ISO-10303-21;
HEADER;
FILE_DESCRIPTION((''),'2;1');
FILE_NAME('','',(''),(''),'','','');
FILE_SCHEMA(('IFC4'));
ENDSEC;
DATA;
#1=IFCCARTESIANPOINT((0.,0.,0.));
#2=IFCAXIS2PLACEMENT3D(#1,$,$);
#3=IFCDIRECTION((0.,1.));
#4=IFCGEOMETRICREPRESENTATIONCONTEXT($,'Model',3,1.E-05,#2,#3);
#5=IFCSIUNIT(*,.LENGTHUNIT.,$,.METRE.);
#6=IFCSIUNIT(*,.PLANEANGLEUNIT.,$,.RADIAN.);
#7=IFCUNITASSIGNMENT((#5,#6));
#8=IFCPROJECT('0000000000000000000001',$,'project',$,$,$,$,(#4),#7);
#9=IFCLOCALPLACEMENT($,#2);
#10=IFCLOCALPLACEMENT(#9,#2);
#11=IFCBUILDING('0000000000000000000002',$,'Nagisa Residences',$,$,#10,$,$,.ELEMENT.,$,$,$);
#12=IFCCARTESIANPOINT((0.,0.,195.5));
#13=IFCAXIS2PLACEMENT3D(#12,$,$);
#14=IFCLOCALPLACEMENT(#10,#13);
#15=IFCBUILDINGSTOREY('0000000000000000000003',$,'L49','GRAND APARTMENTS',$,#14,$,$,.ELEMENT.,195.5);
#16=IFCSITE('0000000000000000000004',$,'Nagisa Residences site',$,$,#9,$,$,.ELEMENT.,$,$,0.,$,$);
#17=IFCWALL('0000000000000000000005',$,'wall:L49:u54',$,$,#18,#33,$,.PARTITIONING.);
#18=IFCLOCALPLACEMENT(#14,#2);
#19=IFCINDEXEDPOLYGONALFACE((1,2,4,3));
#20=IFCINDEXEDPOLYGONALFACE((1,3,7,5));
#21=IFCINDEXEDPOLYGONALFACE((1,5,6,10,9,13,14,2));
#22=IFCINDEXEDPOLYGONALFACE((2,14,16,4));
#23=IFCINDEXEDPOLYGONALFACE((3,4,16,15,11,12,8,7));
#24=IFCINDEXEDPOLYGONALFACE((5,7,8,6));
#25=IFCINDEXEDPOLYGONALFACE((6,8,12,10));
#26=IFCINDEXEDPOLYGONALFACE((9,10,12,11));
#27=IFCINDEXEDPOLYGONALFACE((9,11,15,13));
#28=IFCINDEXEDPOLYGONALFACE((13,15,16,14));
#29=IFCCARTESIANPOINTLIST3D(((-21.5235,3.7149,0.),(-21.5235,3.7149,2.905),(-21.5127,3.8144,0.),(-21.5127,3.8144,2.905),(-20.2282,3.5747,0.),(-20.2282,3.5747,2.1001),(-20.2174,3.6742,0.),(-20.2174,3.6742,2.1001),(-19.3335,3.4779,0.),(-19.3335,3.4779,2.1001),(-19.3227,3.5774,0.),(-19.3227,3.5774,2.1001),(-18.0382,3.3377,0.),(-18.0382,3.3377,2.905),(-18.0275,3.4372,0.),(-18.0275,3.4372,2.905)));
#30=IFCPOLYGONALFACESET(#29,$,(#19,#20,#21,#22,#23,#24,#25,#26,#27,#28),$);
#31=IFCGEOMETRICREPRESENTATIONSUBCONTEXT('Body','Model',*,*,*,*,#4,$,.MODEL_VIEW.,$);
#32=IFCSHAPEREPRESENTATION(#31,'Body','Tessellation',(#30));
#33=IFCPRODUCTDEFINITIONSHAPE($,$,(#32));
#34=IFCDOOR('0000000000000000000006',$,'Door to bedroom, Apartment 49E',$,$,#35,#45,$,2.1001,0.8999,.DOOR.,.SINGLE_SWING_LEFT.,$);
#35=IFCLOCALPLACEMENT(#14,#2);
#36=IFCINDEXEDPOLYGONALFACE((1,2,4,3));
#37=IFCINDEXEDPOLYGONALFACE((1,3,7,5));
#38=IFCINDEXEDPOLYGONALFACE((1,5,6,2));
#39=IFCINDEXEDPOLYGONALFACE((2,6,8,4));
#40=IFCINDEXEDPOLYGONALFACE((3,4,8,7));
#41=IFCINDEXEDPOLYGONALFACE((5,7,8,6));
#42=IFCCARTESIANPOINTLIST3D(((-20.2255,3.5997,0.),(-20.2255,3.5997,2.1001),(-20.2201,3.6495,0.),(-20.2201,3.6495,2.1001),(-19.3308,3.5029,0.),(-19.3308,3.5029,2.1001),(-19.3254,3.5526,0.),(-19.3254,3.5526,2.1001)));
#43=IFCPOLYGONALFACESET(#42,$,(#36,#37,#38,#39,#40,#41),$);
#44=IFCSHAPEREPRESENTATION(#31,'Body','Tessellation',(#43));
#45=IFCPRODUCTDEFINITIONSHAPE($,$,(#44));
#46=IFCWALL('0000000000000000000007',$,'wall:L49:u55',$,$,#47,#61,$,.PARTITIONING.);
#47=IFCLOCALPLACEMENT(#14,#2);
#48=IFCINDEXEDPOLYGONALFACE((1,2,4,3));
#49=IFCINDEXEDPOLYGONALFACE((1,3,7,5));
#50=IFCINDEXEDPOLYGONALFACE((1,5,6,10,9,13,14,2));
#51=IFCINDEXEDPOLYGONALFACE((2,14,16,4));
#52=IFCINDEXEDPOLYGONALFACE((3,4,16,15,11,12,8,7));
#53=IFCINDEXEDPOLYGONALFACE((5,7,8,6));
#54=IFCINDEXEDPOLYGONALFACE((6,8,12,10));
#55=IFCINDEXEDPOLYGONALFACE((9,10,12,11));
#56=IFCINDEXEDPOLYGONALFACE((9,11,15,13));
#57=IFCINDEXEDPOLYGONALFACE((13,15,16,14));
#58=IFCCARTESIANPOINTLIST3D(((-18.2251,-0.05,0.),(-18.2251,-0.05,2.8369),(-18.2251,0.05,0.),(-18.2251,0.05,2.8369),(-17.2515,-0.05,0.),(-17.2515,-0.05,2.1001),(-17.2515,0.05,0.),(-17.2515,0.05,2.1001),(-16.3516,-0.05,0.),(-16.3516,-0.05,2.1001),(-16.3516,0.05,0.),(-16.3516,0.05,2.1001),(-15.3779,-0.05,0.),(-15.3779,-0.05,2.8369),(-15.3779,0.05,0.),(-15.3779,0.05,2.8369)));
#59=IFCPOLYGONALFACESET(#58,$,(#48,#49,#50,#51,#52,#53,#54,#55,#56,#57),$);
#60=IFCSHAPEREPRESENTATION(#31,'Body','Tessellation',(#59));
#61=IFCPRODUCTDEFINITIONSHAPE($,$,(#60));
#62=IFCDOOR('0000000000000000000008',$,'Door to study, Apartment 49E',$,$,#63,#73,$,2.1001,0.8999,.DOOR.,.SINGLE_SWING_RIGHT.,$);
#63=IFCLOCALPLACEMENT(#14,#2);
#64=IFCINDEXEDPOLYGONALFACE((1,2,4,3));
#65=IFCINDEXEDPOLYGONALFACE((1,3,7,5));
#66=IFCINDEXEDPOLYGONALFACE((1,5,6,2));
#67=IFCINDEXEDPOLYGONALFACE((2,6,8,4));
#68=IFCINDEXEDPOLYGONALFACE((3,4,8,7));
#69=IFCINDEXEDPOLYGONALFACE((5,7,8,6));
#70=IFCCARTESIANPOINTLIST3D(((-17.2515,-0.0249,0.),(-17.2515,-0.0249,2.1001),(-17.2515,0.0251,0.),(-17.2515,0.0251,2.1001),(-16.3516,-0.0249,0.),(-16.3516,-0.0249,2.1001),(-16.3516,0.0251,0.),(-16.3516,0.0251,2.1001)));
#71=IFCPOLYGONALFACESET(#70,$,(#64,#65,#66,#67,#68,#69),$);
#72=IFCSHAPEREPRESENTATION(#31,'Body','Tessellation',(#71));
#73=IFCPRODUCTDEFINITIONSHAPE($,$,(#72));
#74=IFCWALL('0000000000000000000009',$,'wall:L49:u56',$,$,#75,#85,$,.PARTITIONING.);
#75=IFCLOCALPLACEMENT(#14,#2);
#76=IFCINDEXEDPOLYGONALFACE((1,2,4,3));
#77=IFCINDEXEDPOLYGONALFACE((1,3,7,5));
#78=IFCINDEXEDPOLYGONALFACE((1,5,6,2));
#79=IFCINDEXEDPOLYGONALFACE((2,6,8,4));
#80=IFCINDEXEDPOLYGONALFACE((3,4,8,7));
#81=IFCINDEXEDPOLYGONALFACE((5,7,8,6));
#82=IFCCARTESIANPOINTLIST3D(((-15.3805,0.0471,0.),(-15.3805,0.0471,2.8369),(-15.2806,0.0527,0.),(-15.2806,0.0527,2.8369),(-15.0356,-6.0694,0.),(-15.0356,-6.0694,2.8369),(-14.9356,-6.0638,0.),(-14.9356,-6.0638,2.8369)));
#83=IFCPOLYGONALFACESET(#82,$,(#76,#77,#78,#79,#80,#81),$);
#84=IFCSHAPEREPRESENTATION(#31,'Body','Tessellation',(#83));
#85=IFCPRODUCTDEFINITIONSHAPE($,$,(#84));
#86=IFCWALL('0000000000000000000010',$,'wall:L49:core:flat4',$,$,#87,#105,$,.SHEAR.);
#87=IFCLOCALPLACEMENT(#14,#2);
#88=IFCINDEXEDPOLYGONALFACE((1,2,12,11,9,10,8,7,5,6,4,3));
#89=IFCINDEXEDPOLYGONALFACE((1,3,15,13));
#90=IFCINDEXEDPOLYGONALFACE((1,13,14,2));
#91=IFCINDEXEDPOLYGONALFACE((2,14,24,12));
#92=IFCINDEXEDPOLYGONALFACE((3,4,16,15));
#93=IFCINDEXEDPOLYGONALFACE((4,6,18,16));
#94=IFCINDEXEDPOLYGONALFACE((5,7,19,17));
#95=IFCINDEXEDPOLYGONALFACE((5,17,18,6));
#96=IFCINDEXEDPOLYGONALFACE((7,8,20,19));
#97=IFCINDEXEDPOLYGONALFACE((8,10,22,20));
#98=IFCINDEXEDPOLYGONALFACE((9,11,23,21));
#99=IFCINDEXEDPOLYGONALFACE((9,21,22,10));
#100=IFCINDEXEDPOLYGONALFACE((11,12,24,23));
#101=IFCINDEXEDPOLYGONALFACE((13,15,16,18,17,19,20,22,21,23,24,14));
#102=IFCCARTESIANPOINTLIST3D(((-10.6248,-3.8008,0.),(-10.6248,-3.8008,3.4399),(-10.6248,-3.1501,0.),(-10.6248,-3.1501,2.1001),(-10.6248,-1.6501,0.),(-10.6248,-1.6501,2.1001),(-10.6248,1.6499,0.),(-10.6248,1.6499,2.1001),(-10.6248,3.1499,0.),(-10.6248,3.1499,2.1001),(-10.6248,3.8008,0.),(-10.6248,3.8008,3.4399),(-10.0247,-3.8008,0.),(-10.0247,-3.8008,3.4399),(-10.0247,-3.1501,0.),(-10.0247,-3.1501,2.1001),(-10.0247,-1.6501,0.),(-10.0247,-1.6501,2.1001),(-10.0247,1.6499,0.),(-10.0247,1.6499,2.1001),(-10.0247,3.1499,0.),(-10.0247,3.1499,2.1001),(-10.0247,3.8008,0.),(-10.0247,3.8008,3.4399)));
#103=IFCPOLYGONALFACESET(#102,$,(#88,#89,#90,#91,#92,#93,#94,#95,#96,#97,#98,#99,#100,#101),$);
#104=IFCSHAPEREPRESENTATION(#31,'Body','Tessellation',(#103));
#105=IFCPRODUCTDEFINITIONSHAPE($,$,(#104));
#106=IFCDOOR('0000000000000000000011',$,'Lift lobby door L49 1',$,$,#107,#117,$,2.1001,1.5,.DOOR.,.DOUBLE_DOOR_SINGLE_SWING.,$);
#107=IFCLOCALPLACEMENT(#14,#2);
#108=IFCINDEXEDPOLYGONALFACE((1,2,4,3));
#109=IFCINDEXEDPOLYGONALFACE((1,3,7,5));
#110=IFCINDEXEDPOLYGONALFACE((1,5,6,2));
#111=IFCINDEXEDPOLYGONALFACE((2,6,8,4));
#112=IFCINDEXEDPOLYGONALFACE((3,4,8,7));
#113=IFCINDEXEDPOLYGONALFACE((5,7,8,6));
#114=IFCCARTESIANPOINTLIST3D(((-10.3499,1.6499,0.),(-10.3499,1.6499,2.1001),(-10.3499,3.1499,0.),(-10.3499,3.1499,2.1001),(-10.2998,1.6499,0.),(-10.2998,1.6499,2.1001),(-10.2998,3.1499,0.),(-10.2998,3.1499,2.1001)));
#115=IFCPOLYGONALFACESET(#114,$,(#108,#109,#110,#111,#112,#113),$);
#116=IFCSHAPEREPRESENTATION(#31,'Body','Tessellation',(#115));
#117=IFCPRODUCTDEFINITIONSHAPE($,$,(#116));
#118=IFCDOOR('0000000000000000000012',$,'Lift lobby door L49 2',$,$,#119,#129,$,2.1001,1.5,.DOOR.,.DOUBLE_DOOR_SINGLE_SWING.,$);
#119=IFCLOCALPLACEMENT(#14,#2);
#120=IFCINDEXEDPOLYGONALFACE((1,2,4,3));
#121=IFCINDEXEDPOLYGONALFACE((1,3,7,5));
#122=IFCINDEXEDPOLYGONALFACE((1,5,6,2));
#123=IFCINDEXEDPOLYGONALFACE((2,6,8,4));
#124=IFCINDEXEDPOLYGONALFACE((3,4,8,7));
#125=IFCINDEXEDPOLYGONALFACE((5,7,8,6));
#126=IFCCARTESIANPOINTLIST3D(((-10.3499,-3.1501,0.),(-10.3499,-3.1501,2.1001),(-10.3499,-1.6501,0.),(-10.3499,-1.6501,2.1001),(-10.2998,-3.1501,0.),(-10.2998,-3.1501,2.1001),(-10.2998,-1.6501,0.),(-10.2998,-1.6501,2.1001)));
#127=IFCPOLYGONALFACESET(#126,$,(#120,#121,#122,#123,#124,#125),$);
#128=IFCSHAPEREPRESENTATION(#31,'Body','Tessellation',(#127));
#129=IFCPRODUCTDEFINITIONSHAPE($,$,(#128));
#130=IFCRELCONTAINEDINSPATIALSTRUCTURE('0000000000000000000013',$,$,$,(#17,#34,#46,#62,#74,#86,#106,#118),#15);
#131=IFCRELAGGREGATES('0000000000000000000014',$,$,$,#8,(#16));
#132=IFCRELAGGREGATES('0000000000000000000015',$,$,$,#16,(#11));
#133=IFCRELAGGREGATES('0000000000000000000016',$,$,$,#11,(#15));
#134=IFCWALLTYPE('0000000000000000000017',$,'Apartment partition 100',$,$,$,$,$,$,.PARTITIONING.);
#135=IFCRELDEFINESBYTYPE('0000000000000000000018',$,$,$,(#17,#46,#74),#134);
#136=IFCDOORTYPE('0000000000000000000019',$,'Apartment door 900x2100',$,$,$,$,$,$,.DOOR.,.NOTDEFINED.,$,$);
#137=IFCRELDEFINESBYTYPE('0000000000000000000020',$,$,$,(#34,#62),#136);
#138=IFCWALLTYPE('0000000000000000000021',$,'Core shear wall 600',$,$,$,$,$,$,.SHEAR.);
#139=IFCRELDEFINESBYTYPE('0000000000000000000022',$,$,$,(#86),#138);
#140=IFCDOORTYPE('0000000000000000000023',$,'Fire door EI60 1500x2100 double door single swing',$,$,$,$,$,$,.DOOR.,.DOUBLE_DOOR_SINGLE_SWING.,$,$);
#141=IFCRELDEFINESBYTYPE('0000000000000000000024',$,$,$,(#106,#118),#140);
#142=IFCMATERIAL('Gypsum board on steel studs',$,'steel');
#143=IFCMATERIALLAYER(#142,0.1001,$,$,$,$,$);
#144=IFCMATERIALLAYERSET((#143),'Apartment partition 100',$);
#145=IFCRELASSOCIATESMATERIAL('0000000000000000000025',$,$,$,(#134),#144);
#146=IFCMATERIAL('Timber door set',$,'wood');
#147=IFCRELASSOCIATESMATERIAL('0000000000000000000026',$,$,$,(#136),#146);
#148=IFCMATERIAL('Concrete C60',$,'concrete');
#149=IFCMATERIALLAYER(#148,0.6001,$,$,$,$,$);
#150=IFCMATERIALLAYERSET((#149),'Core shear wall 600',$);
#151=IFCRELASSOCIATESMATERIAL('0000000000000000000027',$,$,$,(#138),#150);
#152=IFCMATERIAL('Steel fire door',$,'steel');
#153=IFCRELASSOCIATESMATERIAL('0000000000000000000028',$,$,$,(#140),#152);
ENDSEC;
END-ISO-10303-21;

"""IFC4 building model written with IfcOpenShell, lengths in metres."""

from ifc_helpers import new_model, si_unit, direction, frame, frame_2d, origin, place, context, subcontext, project, spatial, rectangle, extrude, material, layer, layer_set, type_object, element, fill, save


model = new_model("IFC4")

# Units and contexts
model_context = context("Model", 3, precision=1e-05, world=origin(), true_north=direction((0.0, 1.0)))
body_context = subcontext(model_context, "Body", "Model", "MODEL_VIEW")
ifc_project = project(units=[si_unit("LENGTHUNIT", "METRE"), si_unit("PLANEANGLEUNIT", "RADIAN")], contexts=[model_context])

# Site, building, storey
site_placement = place(None, origin())
site = spatial("IfcSite", under=ifc_project, at=site_placement, Name="Nagisa Residences site", CompositionType="ELEMENT", RefElevation=0.0)
building_placement = place(site_placement, origin())
building = spatial("IfcBuilding", under=site, at=building_placement, Name="Nagisa Residences", CompositionType="ELEMENT")
storey_placement = place(building_placement, frame((0.0, 0.0, 195.5)))
storey = spatial("IfcBuildingStorey", under=building, at=storey_placement, Name="L49", Description="GRAND APARTMENTS", CompositionType="ELEMENT", Elevation=195.5)

# Shared definitions
ifc_material_1 = material(Name="Gypsum board on steel studs", Category="steel")
ifc_layer_1 = layer(ifc_material_1, 0.1001)
ifc_layer_set_1 = layer_set([ifc_layer_1], Name="Apartment partition 100")
wall_type_1 = type_object("IfcWallType", Name="Apartment partition 100", PredefinedType="PARTITIONING", material=ifc_layer_set_1)
ifc_material_2 = material(Name="Timber door set", Category="wood")
door_type_1 = type_object("IfcDoorType", Name="Apartment door 900x2100", OperationType="NOTDEFINED", PredefinedType="DOOR", material=ifc_material_2)

# Walls, openings, doors
wall_1_placement = place(storey_placement, frame((-18.0327, 3.3875, 0.0), z_axis=(0.0, 0.0, 1.0), x_axis=(-0.994195, 0.107595, 0.0)))
wall_1 = element("IfcWall", 1, at=wall_1_placement, inside=storey, type_object=wall_type_1, Name="wall:L49:u54", PredefinedType="PARTITIONING", context=body_context, shape_type="SweptSolid", body=[
    extrude(rectangle(XDim=3.5056, YDim=0.1001, at=frame_2d((1.7529, 0.0))), origin(), (0.0, 0.0, 1.0), 2.905),
])
opening_1_placement = place(wall_1_placement, frame((1.303, 0.0, 0.0)))
opening_1 = element("IfcOpeningElement", 2, at=opening_1_placement, cuts=wall_1, PredefinedType="OPENING", context=body_context, shape_type="SweptSolid", body=[
    extrude(rectangle(XDim=0.8999, YDim=2.1001, at=frame_2d((0.45, 1.05))), frame((0.0, 0.0601, 0.0), z_axis=(0.0, -1.0, 0.0), x_axis=(1.0, 0.0, 0.0)), (0.0, 0.0, 1.0), 0.1201),
])
door_1_placement = place(opening_1_placement, origin())
door_1 = element("IfcDoor", 3, at=door_1_placement, inside=storey, type_object=door_type_1, Name="Door to bedroom, Apartment 49E", OperationType="SINGLE_SWING_LEFT", OverallHeight=2.1001, OverallWidth=0.8999, PredefinedType="DOOR", context=body_context, shape_type="SweptSolid", body=[
    extrude(rectangle(XDim=0.8999, YDim=2.1001, at=frame_2d((0.45, 1.05))), frame((0.0, 0.0249, 0.0), z_axis=(0.0, -1.0, 0.0), x_axis=(1.0, 0.0, 0.0)), (0.0, 0.0, 1.0), 0.05),
])
fill(opening_1, door_1)
wall_2_placement = place(storey_placement, frame((-15.3779, 0.0, 0.0), z_axis=(0.0, 0.0, 1.0), x_axis=(-1.0, 0.0, 0.0)))
wall_2 = element("IfcWall", 4, at=wall_2_placement, inside=storey, type_object=wall_type_1, Name="wall:L49:u55", PredefinedType="PARTITIONING", context=body_context, shape_type="SweptSolid", body=[
    extrude(rectangle(XDim=2.8472, YDim=0.1001, at=frame_2d((1.4236, 0.0))), origin(), (0.0, 0.0, 1.0), 2.8369),
])
opening_2_placement = place(wall_2_placement, frame((0.9736, 0.0, 0.0)))
opening_2 = element("IfcOpeningElement", 5, at=opening_2_placement, cuts=wall_2, PredefinedType="OPENING", context=body_context, shape_type="SweptSolid", body=[
    extrude(rectangle(XDim=0.8999, YDim=2.1001, at=frame_2d((0.45, 1.05))), frame((0.0, 0.0601, 0.0), z_axis=(0.0, -1.0, 0.0), x_axis=(1.0, 0.0, 0.0)), (0.0, 0.0, 1.0), 0.1201),
])
door_2_placement = place(opening_2_placement, origin())
door_2 = element("IfcDoor", 6, at=door_2_placement, inside=storey, type_object=door_type_1, Name="Door to study, Apartment 49E", OperationType="SINGLE_SWING_RIGHT", OverallHeight=2.1001, OverallWidth=0.8999, PredefinedType="DOOR", context=body_context, shape_type="SweptSolid", body=[
    extrude(rectangle(XDim=0.8999, YDim=2.1001, at=frame_2d((0.45, 1.05))), frame((0.0, 0.0249, 0.0), z_axis=(0.0, -1.0, 0.0), x_axis=(1.0, 0.0, 0.0)), (0.0, 0.0, 1.0), 0.05),
])
fill(opening_2, door_2)

# Wall
wall_3_placement = place(storey_placement, frame((-15.3306, 0.0498, 0.0), z_axis=(0.0, 0.0, 1.0), x_axis=(0.056311, -0.998413, 0.0)))
element("IfcWall", 7, at=wall_3_placement, inside=storey, type_object=wall_type_1, Name="wall:L49:u56", PredefinedType="PARTITIONING", context=body_context, shape_type="SweptSolid", body=[
    extrude(rectangle(XDim=6.1262, YDim=0.1001, at=frame_2d((3.063, 0.0))), origin(), (0.0, 0.0, 1.0), 2.8369),
])

# Wall, openings, doors
ifc_material_3 = material(Name="Concrete C60", Category="concrete")
ifc_layer_2 = layer(ifc_material_3, 0.6001)
ifc_layer_set_2 = layer_set([ifc_layer_2], Name="Core shear wall 600")
wall_type_2 = type_object("IfcWallType", Name="Core shear wall 600", PredefinedType="SHEAR", material=ifc_layer_set_2)
wall_4_placement = place(storey_placement, frame((-10.3247, 3.8008, 0.0), z_axis=(0.0, 0.0, 1.0), x_axis=(0.0, -1.0, 0.0)))
wall_4 = element("IfcWall", 8, at=wall_4_placement, inside=storey, type_object=wall_type_2, Name="wall:L49:core:flat4", PredefinedType="SHEAR", context=body_context, shape_type="SweptSolid", body=[
    extrude(rectangle(XDim=7.6016, YDim=0.6001, at=frame_2d((3.8008, 0.0))), origin(), (0.0, 0.0, 1.0), 3.4399),
])
opening_3_placement = place(wall_4_placement, frame((0.6509, 0.0, 0.0)))
opening_3 = element("IfcOpeningElement", 9, at=opening_3_placement, cuts=wall_4, PredefinedType="OPENING", context=body_context, shape_type="SweptSolid", body=[
    extrude(rectangle(XDim=1.5, YDim=2.1001, at=frame_2d((0.75, 1.05))), frame((0.0, 0.3101, 0.0), z_axis=(0.0, -1.0, 0.0), x_axis=(1.0, 0.0, 0.0)), (0.0, 0.0, 1.0), 0.6201),
])
opening_4_placement = place(wall_4_placement, frame((5.4509, 0.0, 0.0)))
opening_4 = element("IfcOpeningElement", 10, at=opening_4_placement, cuts=wall_4, PredefinedType="OPENING", context=body_context, shape_type="SweptSolid", body=[
    extrude(rectangle(XDim=1.5, YDim=2.1001, at=frame_2d((0.75, 1.05))), frame((0.0, 0.3101, 0.0), z_axis=(0.0, -1.0, 0.0), x_axis=(1.0, 0.0, 0.0)), (0.0, 0.0, 1.0), 0.6201),
])
ifc_material_4 = material(Name="Steel fire door", Category="steel")
door_type_2 = type_object("IfcDoorType", Name="Fire door EI60 1500x2100 double door single swing", OperationType="DOUBLE_DOOR_SINGLE_SWING", PredefinedType="DOOR", material=ifc_material_4)
door_3_placement = place(opening_3_placement, origin())
door_3 = element("IfcDoor", 11, at=door_3_placement, inside=storey, type_object=door_type_2, Name="Lift lobby door L49 1", OperationType="DOUBLE_DOOR_SINGLE_SWING", OverallHeight=2.1001, OverallWidth=1.5, PredefinedType="DOOR", context=body_context, shape_type="SweptSolid", body=[
    extrude(rectangle(XDim=1.5, YDim=2.1001, at=frame_2d((0.75, 1.05))), frame((0.0, 0.0249, 0.0), z_axis=(0.0, -1.0, 0.0), x_axis=(1.0, 0.0, 0.0)), (0.0, 0.0, 1.0), 0.05),
])
fill(opening_3, door_3)
door_4_placement = place(opening_4_placement, origin())
door_4 = element("IfcDoor", 12, at=door_4_placement, inside=storey, type_object=door_type_2, Name="Lift lobby door L49 2", OperationType="DOUBLE_DOOR_SINGLE_SWING", OverallHeight=2.1001, OverallWidth=1.5, PredefinedType="DOOR", context=body_context, shape_type="SweptSolid", body=[
    extrude(rectangle(XDim=1.5, YDim=2.1001, at=frame_2d((0.75, 1.05))), frame((0.0, 0.0249, 0.0), z_axis=(0.0, -1.0, 0.0), x_axis=(1.0, 0.0, 0.0)), (0.0, 0.0, 1.0), 0.05),
])
fill(opening_4, door_4)

save(model, "model.ifc")
